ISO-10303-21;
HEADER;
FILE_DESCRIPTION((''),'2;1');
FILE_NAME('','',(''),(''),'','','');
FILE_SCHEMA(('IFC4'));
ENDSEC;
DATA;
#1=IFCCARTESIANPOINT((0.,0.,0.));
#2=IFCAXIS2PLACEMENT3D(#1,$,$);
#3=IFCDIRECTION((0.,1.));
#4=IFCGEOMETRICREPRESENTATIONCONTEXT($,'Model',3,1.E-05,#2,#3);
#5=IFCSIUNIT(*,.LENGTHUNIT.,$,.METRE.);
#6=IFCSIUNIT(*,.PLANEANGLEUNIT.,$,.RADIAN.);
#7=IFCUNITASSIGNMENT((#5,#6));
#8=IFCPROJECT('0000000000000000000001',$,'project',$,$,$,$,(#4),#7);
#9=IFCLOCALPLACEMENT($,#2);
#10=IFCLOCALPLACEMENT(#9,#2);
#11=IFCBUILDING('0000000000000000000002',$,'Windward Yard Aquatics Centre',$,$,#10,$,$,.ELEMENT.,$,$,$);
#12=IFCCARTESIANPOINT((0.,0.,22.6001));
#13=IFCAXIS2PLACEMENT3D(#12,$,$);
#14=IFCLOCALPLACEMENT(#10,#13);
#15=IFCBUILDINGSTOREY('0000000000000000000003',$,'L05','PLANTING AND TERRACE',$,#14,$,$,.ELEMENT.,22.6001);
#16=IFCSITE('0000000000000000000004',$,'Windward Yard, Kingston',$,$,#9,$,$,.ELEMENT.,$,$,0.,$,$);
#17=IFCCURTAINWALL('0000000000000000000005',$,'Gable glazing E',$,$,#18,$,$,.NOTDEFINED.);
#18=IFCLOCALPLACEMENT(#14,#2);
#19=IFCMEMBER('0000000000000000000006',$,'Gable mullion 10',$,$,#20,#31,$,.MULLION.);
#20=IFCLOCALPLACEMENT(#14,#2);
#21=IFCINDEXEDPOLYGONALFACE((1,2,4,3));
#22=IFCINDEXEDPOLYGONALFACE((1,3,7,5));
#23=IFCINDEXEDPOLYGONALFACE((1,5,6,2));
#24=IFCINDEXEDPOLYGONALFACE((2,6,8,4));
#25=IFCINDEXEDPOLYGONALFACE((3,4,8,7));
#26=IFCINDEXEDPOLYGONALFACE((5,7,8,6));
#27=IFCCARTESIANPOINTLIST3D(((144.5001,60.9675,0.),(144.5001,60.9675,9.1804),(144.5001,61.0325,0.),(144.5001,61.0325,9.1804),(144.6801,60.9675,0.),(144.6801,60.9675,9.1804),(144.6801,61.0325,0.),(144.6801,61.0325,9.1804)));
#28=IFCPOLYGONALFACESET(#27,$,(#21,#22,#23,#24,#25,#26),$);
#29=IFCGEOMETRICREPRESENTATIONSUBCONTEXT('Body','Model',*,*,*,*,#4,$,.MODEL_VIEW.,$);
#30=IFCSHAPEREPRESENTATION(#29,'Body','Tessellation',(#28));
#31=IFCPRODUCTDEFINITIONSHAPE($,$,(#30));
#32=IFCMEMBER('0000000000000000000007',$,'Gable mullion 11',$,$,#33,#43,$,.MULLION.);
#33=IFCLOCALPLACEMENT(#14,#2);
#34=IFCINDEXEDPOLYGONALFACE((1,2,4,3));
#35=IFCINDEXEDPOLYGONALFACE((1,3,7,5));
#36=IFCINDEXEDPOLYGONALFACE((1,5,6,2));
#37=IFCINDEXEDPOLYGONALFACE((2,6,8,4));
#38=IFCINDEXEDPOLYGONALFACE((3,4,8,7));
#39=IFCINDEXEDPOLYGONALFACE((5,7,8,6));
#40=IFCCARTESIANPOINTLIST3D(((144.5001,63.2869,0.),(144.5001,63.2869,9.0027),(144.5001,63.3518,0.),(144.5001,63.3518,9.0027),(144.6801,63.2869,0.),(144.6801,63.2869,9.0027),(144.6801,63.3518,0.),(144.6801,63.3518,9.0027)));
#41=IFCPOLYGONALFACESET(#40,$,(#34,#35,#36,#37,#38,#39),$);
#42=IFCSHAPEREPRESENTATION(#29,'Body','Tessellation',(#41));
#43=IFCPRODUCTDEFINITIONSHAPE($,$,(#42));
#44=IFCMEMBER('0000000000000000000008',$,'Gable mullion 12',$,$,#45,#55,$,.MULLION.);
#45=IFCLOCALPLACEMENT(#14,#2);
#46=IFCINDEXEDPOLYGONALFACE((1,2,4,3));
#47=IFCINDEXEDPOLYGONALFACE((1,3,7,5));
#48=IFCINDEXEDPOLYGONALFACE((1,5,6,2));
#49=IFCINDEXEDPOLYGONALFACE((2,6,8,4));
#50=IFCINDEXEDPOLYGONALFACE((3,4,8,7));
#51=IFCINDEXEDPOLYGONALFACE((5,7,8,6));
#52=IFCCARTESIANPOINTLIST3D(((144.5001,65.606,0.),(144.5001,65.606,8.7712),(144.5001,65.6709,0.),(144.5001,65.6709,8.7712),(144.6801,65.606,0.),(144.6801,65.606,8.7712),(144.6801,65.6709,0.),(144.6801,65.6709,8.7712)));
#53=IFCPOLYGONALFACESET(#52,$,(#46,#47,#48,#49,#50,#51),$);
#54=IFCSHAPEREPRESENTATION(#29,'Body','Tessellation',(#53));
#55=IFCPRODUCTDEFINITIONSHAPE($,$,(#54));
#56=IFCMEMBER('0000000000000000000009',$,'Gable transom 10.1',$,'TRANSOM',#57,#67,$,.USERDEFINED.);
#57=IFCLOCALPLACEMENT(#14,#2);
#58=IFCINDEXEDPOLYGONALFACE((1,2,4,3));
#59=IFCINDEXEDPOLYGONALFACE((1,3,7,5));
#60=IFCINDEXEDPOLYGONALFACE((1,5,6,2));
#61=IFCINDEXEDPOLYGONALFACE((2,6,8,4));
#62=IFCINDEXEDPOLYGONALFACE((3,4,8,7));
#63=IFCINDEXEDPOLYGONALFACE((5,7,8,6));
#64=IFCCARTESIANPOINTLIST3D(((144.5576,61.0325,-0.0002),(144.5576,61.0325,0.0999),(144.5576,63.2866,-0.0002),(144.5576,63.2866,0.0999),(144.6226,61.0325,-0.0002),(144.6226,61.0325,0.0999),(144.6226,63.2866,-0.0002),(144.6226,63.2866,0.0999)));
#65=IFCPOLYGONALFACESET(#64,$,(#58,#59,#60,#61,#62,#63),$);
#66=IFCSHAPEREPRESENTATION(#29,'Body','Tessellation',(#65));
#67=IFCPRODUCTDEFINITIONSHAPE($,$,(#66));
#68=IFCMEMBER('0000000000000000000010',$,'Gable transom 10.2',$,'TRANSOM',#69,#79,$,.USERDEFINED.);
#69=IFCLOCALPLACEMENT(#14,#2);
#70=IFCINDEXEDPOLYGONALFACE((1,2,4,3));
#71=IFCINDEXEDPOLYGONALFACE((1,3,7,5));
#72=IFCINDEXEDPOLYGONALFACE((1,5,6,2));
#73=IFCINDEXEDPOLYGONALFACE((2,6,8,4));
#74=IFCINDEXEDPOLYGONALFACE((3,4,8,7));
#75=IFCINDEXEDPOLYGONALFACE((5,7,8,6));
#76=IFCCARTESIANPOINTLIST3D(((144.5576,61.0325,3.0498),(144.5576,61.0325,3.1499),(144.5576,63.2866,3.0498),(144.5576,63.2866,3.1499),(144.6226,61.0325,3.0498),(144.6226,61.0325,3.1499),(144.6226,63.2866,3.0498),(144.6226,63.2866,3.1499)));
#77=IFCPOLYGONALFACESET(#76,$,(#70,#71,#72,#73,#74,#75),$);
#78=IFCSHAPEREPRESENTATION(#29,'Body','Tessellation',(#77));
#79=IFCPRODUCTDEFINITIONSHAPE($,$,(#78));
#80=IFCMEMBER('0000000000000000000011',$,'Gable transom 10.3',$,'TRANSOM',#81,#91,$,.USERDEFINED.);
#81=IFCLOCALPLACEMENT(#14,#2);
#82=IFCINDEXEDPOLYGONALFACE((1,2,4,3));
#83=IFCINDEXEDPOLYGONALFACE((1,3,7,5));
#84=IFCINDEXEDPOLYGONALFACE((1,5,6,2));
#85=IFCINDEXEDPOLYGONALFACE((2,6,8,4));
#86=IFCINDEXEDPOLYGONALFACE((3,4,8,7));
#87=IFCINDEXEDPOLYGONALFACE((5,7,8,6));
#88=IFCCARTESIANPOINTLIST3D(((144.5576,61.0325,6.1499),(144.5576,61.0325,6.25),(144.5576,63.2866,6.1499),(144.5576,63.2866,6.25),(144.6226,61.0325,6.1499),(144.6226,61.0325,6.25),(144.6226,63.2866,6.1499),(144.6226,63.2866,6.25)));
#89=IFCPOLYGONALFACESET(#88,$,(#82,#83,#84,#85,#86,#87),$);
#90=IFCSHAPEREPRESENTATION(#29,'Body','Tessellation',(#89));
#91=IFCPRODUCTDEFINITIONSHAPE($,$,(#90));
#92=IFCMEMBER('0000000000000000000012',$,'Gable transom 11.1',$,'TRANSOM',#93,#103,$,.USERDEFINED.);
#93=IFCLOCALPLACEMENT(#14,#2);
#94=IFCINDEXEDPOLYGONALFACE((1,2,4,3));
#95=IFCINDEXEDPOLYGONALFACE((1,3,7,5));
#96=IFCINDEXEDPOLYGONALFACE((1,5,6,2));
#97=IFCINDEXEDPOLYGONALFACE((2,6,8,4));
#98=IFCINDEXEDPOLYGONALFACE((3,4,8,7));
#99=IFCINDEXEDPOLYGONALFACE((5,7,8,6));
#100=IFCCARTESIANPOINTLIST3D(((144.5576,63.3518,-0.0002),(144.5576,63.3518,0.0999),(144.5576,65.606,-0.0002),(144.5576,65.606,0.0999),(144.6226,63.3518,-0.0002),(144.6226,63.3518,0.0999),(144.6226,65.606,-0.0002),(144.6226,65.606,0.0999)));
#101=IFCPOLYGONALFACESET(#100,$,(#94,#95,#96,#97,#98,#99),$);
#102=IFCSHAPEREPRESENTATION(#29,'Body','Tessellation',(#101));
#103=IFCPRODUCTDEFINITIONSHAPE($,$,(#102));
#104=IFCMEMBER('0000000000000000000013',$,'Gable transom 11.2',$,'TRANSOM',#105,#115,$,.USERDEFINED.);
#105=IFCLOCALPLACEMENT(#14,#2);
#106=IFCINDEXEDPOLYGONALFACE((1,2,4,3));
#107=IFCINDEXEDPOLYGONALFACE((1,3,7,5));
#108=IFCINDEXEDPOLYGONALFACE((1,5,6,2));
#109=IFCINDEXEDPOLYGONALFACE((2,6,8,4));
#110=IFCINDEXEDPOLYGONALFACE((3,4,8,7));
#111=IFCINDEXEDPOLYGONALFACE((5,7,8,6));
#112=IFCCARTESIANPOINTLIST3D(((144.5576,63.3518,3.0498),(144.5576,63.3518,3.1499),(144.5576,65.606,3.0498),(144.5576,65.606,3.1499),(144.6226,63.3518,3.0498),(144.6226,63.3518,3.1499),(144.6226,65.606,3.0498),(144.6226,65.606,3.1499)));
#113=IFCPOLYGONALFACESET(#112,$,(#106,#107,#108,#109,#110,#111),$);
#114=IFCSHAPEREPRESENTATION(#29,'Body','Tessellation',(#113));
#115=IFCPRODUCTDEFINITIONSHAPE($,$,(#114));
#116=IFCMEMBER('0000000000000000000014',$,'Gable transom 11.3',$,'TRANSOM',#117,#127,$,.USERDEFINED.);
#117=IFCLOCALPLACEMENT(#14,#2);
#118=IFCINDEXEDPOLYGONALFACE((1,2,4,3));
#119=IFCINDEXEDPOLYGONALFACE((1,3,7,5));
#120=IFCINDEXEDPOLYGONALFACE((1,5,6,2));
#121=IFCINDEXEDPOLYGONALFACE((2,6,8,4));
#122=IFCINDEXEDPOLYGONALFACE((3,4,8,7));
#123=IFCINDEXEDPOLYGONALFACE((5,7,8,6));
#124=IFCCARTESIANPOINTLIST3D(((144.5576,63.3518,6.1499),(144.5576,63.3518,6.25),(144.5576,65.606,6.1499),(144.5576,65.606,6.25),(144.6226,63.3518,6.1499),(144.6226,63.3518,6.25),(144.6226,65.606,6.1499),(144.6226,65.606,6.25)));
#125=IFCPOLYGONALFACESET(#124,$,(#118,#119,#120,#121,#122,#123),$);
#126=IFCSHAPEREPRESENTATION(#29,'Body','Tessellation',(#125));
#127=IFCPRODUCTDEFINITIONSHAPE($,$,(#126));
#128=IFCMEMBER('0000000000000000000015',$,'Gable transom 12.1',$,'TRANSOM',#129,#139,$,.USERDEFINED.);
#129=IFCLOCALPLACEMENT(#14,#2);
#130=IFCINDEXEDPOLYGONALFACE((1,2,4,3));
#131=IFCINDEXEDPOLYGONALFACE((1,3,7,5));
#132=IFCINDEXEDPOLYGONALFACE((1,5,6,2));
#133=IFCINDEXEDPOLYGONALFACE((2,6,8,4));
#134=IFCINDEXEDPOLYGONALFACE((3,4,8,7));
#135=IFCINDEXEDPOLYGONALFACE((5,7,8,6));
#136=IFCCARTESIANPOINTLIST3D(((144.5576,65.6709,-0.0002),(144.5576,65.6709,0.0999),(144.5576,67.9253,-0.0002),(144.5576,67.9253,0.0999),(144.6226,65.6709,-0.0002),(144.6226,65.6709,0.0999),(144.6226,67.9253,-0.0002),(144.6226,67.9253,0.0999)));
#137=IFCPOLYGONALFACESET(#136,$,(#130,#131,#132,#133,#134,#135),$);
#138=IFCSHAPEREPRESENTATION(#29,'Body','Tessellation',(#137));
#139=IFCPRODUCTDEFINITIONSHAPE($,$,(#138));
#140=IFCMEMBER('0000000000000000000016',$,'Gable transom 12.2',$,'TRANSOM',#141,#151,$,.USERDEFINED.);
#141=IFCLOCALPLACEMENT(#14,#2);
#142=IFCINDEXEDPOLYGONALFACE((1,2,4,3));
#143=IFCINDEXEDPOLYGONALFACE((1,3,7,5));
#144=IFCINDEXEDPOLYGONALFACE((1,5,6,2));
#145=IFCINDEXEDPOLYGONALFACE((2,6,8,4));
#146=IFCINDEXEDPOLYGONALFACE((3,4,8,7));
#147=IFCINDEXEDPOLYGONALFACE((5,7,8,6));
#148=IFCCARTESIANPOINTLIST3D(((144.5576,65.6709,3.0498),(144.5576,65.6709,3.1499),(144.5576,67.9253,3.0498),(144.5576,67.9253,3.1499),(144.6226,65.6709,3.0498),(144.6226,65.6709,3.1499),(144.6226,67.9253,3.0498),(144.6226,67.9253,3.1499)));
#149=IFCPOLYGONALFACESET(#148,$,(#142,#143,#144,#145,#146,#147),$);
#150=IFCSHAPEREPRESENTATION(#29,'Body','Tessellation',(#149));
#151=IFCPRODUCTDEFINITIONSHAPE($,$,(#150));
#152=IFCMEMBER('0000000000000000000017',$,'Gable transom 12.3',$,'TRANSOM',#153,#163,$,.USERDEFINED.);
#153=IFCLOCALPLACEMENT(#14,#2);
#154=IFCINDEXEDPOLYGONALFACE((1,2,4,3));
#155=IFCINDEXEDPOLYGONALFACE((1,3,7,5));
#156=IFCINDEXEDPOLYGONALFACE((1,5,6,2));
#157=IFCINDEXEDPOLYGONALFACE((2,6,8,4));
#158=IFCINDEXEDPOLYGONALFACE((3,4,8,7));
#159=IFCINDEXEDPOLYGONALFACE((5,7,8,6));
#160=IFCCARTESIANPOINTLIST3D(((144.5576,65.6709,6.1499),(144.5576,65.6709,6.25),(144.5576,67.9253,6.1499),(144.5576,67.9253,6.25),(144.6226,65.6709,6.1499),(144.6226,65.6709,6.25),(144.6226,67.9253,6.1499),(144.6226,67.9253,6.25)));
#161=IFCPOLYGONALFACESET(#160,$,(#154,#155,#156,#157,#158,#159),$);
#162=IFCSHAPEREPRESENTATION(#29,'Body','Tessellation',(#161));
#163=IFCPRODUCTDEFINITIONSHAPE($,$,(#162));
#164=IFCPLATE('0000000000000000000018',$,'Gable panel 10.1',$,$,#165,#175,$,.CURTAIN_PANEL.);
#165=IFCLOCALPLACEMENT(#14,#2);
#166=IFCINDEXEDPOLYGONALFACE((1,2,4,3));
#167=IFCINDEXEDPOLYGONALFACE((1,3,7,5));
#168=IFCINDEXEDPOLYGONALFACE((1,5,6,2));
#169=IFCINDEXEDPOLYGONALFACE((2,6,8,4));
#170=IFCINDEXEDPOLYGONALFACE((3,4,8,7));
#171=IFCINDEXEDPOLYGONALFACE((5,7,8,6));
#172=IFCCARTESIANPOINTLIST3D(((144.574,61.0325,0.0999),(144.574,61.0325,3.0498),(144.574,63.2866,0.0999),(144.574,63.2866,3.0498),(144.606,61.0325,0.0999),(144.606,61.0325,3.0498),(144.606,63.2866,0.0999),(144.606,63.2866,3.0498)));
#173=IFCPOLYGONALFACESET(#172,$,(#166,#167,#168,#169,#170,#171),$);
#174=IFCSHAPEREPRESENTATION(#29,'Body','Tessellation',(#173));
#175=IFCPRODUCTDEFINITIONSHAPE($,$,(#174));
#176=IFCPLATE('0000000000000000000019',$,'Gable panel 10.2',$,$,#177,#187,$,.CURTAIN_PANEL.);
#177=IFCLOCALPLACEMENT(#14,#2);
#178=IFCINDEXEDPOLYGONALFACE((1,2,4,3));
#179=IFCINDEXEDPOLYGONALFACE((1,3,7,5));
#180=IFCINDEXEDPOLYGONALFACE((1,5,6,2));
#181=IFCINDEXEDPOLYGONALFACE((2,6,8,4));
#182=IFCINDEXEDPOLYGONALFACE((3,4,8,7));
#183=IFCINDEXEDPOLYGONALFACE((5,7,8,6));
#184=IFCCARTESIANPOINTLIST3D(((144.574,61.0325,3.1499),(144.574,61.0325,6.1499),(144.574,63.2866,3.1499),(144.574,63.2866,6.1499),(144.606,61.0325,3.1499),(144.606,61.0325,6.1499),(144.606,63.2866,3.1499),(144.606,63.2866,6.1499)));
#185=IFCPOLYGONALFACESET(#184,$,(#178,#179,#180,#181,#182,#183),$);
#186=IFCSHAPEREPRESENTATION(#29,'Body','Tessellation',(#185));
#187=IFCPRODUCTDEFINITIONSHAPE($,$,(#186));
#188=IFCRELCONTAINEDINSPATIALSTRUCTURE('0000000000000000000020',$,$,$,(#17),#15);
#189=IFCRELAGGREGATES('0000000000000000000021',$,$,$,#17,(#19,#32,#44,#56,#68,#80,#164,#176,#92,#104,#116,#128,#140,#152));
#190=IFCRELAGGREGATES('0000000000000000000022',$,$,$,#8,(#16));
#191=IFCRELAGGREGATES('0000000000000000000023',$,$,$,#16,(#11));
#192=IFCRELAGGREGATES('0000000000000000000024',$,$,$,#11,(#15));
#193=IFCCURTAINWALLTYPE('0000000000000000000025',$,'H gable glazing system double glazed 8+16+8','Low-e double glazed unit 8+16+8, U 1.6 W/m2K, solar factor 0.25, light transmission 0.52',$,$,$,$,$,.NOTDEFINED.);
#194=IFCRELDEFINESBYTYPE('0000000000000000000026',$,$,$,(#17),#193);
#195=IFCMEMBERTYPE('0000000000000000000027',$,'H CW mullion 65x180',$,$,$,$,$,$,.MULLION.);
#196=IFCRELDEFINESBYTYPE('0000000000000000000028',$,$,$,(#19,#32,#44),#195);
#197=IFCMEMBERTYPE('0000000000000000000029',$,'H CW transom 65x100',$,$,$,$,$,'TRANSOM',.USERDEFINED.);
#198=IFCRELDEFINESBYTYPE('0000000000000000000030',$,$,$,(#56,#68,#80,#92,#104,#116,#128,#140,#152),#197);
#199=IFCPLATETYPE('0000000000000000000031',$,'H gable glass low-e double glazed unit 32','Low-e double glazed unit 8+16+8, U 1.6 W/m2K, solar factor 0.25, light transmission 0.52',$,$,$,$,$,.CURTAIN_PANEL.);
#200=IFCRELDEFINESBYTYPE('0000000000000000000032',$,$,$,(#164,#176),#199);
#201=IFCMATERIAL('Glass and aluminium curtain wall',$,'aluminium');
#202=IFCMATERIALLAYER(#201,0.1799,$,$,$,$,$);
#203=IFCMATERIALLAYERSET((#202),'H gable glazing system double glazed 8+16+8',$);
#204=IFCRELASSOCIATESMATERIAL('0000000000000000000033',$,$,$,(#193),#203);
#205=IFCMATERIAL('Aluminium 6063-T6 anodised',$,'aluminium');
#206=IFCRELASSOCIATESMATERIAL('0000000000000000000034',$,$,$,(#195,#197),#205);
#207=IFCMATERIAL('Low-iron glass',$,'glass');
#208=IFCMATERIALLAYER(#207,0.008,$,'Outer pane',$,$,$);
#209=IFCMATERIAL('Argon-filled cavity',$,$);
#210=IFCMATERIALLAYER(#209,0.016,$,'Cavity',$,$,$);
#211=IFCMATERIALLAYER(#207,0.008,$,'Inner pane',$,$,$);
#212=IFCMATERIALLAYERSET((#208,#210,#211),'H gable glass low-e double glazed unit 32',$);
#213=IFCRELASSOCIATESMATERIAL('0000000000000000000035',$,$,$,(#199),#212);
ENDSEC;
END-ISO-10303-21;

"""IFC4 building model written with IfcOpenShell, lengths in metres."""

from ifc_helpers import new_model, si_unit, direction, frame, origin, origin_2d, place, context, subcontext, project, spatial, polyline, rectangle, outline, extrude, material, layer, layer_set, material_profile, profile_set, type_object, element, aggregate, save


model = new_model("IFC4")

# Units and contexts
model_context = context("Model", 3, precision=1e-05, world=origin(), true_north=direction((0.0, 1.0)))
body_context = subcontext(model_context, "Body", "Model", "MODEL_VIEW")
ifc_project = project(units=[si_unit("LENGTHUNIT", "METRE"), si_unit("PLANEANGLEUNIT", "RADIAN")], contexts=[model_context])

# Site, building, storey
site_placement = place(None, origin())
site = spatial("IfcSite", under=ifc_project, at=site_placement, Name="Windward Yard, Kingston", CompositionType="ELEMENT", RefElevation=0.0)
building_placement = place(site_placement, origin())
building = spatial("IfcBuilding", under=site, at=building_placement, Name="Windward Yard Aquatics Centre", CompositionType="ELEMENT")
storey_placement = place(building_placement, frame((0.0, 0.0, 22.6001)))
storey = spatial("IfcBuildingStorey", under=building, at=storey_placement, Name="L05", Description="PLANTING AND TERRACE", CompositionType="ELEMENT", Elevation=22.6001)

# Curtain wall, members, plates
ifc_material_1 = material(Name="Glass and aluminium curtain wall", Category="aluminium")
ifc_layer_1 = layer(ifc_material_1, 0.1799)
ifc_layer_set_1 = layer_set([ifc_layer_1], Name="H gable glazing system double glazed 8+16+8")
curtain_wall_type = type_object("IfcCurtainWallType", Name="H gable glazing system double glazed 8+16+8", Description="Low-e double glazed unit 8+16+8, U 1.6 W/m2K, solar factor 0.25, light transmission 0.52", PredefinedType="NOTDEFINED", material=ifc_layer_set_1)
curtain_wall_placement = place(storey_placement, origin())
curtain_wall = element("IfcCurtainWall", 1, at=curtain_wall_placement, inside=storey, type_object=curtain_wall_type, Name="Gable glazing E", PredefinedType="NOTDEFINED")
ifc_material_2 = material(Name="Aluminium 6063-T6 anodised", Category="aluminium")
ifc_material_profile_1 = material_profile(ifc_material_2, rectangle(XDim=0.0649, YDim=0.1799, at=origin_2d()), Name="H CW mullion 65x180")
ifc_profile_set_1 = profile_set([ifc_material_profile_1], Name="Aluminium 6063-T6 anodised")
member_type_1 = type_object("IfcMemberType", Name="H CW mullion 65x180", PredefinedType="MULLION", material=ifc_profile_set_1)
member_1_placement = place(storey_placement, frame((144.5901, 61.0, 0.0), z_axis=(0.0, 0.0, 1.0), x_axis=(0.0, 1.0, 0.0)))
member_1 = element("IfcMember", 2, at=member_1_placement, type_object=member_type_1, Name="Gable mullion 10", PredefinedType="MULLION", context=body_context, shape_type="SweptSolid", body=[
    extrude(rectangle(XDim=0.0649, YDim=0.1799, at=origin_2d()), origin(), (0.0, 0.0, 1.0), 9.1804),
])
member_2_placement = place(storey_placement, frame((144.5901, 63.3193, 0.0), z_axis=(0.0, 0.0, 1.0), x_axis=(0.0, 1.0, 0.0)))
member_2 = element("IfcMember", 3, at=member_2_placement, type_object=member_type_1, Name="Gable mullion 11", PredefinedType="MULLION", context=body_context, shape_type="SweptSolid", body=[
    extrude(rectangle(XDim=0.0649, YDim=0.1799, at=origin_2d()), origin(), (0.0, 0.0, 1.0), 9.0027),
])
member_3_placement = place(storey_placement, frame((144.5901, 65.6384, 0.0), z_axis=(0.0, 0.0, 1.0), x_axis=(0.0, 1.0, 0.0)))
member_3 = element("IfcMember", 4, at=member_3_placement, type_object=member_type_1, Name="Gable mullion 12", PredefinedType="MULLION", context=body_context, shape_type="SweptSolid", body=[
    extrude(rectangle(XDim=0.0649, YDim=0.1799, at=origin_2d()), origin(), (0.0, 0.0, 1.0), 8.7712),
])
ifc_material_profile_2 = material_profile(ifc_material_2, rectangle(XDim=0.0649, YDim=0.1001, at=origin_2d()), Name="H CW transom 65x100")
ifc_profile_set_2 = profile_set([ifc_material_profile_2], Name="Aluminium 6063-T6 anodised")
member_type_2 = type_object("IfcMemberType", Name="H CW transom 65x100", ElementType="TRANSOM", PredefinedType="USERDEFINED", material=ifc_profile_set_2)
member_4_placement = place(storey_placement, frame((144.5901, 61.0325, 0.0498), z_axis=(0.0, 1.0, 0.0), x_axis=(-1.0, 0.0, 0.0)))
member_4 = element("IfcMember", 5, at=member_4_placement, type_object=member_type_2, Name="Gable transom 10.1", ObjectType="TRANSOM", PredefinedType="USERDEFINED", context=body_context, shape_type="SweptSolid", body=[
    extrude(rectangle(XDim=0.0649, YDim=0.1001, at=origin_2d()), origin(), (0.0, 0.0, 1.0), 2.2542),
])
member_5_placement = place(storey_placement, frame((144.5901, 61.0325, 3.0999), z_axis=(0.0, 1.0, 0.0), x_axis=(-1.0, 0.0, 0.0)))
member_5 = element("IfcMember", 6, at=member_5_placement, type_object=member_type_2, Name="Gable transom 10.2", ObjectType="TRANSOM", PredefinedType="USERDEFINED", context=body_context, shape_type="SweptSolid", body=[
    extrude(rectangle(XDim=0.0649, YDim=0.1001, at=origin_2d()), origin(), (0.0, 0.0, 1.0), 2.2542),
])
member_6_placement = place(storey_placement, frame((144.5901, 61.0325, 6.2), z_axis=(0.0, 1.0, 0.0), x_axis=(-1.0, 0.0, 0.0)))
member_6 = element("IfcMember", 7, at=member_6_placement, type_object=member_type_2, Name="Gable transom 10.3", ObjectType="TRANSOM", PredefinedType="USERDEFINED", context=body_context, shape_type="SweptSolid", body=[
    extrude(rectangle(XDim=0.0649, YDim=0.1001, at=origin_2d()), origin(), (0.0, 0.0, 1.0), 2.2542),
])
member_7_placement = place(storey_placement, frame((144.5901, 63.3518, 0.0498), z_axis=(0.0, 1.0, 0.0), x_axis=(-1.0, 0.0, 0.0)))
member_7 = element("IfcMember", 8, at=member_7_placement, type_object=member_type_2, Name="Gable transom 11.1", ObjectType="TRANSOM", PredefinedType="USERDEFINED", context=body_context, shape_type="SweptSolid", body=[
    extrude(rectangle(XDim=0.0649, YDim=0.1001, at=origin_2d()), origin(), (0.0, 0.0, 1.0), 2.2542),
])
member_8_placement = place(storey_placement, frame((144.5901, 63.3518, 3.0999), z_axis=(0.0, 1.0, 0.0), x_axis=(-1.0, 0.0, 0.0)))
member_8 = element("IfcMember", 9, at=member_8_placement, type_object=member_type_2, Name="Gable transom 11.2", ObjectType="TRANSOM", PredefinedType="USERDEFINED", context=body_context, shape_type="SweptSolid", body=[
    extrude(rectangle(XDim=0.0649, YDim=0.1001, at=origin_2d()), origin(), (0.0, 0.0, 1.0), 2.2542),
])
member_9_placement = place(storey_placement, frame((144.5901, 63.3518, 6.2), z_axis=(0.0, 1.0, 0.0), x_axis=(-1.0, 0.0, 0.0)))
member_9 = element("IfcMember", 10, at=member_9_placement, type_object=member_type_2, Name="Gable transom 11.3", ObjectType="TRANSOM", PredefinedType="USERDEFINED", context=body_context, shape_type="SweptSolid", body=[
    extrude(rectangle(XDim=0.0649, YDim=0.1001, at=origin_2d()), origin(), (0.0, 0.0, 1.0), 2.2542),
])
member_10_placement = place(storey_placement, frame((144.5901, 65.6709, 0.0498), z_axis=(0.0, 1.0, 0.0), x_axis=(-1.0, 0.0, 0.0)))
member_10 = element("IfcMember", 11, at=member_10_placement, type_object=member_type_2, Name="Gable transom 12.1", ObjectType="TRANSOM", PredefinedType="USERDEFINED", context=body_context, shape_type="SweptSolid", body=[
    extrude(rectangle(XDim=0.0649, YDim=0.1001, at=origin_2d()), origin(), (0.0, 0.0, 1.0), 2.2544),
])
member_11_placement = place(storey_placement, frame((144.5901, 65.6709, 3.0999), z_axis=(0.0, 1.0, 0.0), x_axis=(-1.0, 0.0, 0.0)))
member_11 = element("IfcMember", 12, at=member_11_placement, type_object=member_type_2, Name="Gable transom 12.2", ObjectType="TRANSOM", PredefinedType="USERDEFINED", context=body_context, shape_type="SweptSolid", body=[
    extrude(rectangle(XDim=0.0649, YDim=0.1001, at=origin_2d()), origin(), (0.0, 0.0, 1.0), 2.2544),
])
member_12_placement = place(storey_placement, frame((144.5901, 65.6709, 6.2), z_axis=(0.0, 1.0, 0.0), x_axis=(-1.0, 0.0, 0.0)))
member_12 = element("IfcMember", 13, at=member_12_placement, type_object=member_type_2, Name="Gable transom 12.3", ObjectType="TRANSOM", PredefinedType="USERDEFINED", context=body_context, shape_type="SweptSolid", body=[
    extrude(rectangle(XDim=0.0649, YDim=0.1001, at=origin_2d()), origin(), (0.0, 0.0, 1.0), 2.2544),
])
ifc_material_3 = material(Name="Low-iron glass", Category="glass")
ifc_layer_2 = layer(ifc_material_3, 0.008, Name="Outer pane")
ifc_material_4 = material(Name="Argon-filled cavity")
ifc_layer_3 = layer(ifc_material_4, 0.016, Name="Cavity")
ifc_layer_4 = layer(ifc_material_3, 0.008, Name="Inner pane")
ifc_layer_set_2 = layer_set([ifc_layer_2, ifc_layer_3, ifc_layer_4], Name="H gable glass low-e double glazed unit 32")
plate_type = type_object("IfcPlateType", Name="H gable glass low-e double glazed unit 32", Description="Low-e double glazed unit 8+16+8, U 1.6 W/m2K, solar factor 0.25, light transmission 0.52", PredefinedType="CURTAIN_PANEL", material=ifc_layer_set_2)
plate_1_placement = place(storey_placement, frame((144.574, 61.0325, 0.0999), z_axis=(-1.0, 0.0, 0.0), x_axis=(0.0, 0.0, 1.0)))
plate_1 = element("IfcPlate", 14, at=plate_1_placement, type_object=plate_type, Name="Gable panel 10.1", PredefinedType="CURTAIN_PANEL", context=body_context, shape_type="SweptSolid", body=[
    extrude(outline(polyline([(0.0, 0.0), (2.95, 0.0), (2.95, 2.2542), (0.0, 2.2542), (0.0, 0.0)])), origin(), (0.0, 0.0, -1.0), 0.032),
])
plate_2_placement = place(storey_placement, frame((144.574, 61.0325, 3.1499), z_axis=(-1.0, 0.0, 0.0), x_axis=(0.0, 0.0, 1.0)))
plate_2 = element("IfcPlate", 15, at=plate_2_placement, type_object=plate_type, Name="Gable panel 10.2", PredefinedType="CURTAIN_PANEL", context=body_context, shape_type="SweptSolid", body=[
    extrude(outline(polyline([(0.0, 0.0), (3.0, 0.0), (3.0, 2.2542), (0.0, 2.2542), (0.0, 0.0)])), origin(), (0.0, 0.0, -1.0), 0.032),
])
aggregate(curtain_wall, [member_1, member_2, member_3, member_4, member_5, member_6, plate_1, plate_2, member_7, member_8, member_9, member_10, member_11, member_12])

save(model, "model.ifc")
